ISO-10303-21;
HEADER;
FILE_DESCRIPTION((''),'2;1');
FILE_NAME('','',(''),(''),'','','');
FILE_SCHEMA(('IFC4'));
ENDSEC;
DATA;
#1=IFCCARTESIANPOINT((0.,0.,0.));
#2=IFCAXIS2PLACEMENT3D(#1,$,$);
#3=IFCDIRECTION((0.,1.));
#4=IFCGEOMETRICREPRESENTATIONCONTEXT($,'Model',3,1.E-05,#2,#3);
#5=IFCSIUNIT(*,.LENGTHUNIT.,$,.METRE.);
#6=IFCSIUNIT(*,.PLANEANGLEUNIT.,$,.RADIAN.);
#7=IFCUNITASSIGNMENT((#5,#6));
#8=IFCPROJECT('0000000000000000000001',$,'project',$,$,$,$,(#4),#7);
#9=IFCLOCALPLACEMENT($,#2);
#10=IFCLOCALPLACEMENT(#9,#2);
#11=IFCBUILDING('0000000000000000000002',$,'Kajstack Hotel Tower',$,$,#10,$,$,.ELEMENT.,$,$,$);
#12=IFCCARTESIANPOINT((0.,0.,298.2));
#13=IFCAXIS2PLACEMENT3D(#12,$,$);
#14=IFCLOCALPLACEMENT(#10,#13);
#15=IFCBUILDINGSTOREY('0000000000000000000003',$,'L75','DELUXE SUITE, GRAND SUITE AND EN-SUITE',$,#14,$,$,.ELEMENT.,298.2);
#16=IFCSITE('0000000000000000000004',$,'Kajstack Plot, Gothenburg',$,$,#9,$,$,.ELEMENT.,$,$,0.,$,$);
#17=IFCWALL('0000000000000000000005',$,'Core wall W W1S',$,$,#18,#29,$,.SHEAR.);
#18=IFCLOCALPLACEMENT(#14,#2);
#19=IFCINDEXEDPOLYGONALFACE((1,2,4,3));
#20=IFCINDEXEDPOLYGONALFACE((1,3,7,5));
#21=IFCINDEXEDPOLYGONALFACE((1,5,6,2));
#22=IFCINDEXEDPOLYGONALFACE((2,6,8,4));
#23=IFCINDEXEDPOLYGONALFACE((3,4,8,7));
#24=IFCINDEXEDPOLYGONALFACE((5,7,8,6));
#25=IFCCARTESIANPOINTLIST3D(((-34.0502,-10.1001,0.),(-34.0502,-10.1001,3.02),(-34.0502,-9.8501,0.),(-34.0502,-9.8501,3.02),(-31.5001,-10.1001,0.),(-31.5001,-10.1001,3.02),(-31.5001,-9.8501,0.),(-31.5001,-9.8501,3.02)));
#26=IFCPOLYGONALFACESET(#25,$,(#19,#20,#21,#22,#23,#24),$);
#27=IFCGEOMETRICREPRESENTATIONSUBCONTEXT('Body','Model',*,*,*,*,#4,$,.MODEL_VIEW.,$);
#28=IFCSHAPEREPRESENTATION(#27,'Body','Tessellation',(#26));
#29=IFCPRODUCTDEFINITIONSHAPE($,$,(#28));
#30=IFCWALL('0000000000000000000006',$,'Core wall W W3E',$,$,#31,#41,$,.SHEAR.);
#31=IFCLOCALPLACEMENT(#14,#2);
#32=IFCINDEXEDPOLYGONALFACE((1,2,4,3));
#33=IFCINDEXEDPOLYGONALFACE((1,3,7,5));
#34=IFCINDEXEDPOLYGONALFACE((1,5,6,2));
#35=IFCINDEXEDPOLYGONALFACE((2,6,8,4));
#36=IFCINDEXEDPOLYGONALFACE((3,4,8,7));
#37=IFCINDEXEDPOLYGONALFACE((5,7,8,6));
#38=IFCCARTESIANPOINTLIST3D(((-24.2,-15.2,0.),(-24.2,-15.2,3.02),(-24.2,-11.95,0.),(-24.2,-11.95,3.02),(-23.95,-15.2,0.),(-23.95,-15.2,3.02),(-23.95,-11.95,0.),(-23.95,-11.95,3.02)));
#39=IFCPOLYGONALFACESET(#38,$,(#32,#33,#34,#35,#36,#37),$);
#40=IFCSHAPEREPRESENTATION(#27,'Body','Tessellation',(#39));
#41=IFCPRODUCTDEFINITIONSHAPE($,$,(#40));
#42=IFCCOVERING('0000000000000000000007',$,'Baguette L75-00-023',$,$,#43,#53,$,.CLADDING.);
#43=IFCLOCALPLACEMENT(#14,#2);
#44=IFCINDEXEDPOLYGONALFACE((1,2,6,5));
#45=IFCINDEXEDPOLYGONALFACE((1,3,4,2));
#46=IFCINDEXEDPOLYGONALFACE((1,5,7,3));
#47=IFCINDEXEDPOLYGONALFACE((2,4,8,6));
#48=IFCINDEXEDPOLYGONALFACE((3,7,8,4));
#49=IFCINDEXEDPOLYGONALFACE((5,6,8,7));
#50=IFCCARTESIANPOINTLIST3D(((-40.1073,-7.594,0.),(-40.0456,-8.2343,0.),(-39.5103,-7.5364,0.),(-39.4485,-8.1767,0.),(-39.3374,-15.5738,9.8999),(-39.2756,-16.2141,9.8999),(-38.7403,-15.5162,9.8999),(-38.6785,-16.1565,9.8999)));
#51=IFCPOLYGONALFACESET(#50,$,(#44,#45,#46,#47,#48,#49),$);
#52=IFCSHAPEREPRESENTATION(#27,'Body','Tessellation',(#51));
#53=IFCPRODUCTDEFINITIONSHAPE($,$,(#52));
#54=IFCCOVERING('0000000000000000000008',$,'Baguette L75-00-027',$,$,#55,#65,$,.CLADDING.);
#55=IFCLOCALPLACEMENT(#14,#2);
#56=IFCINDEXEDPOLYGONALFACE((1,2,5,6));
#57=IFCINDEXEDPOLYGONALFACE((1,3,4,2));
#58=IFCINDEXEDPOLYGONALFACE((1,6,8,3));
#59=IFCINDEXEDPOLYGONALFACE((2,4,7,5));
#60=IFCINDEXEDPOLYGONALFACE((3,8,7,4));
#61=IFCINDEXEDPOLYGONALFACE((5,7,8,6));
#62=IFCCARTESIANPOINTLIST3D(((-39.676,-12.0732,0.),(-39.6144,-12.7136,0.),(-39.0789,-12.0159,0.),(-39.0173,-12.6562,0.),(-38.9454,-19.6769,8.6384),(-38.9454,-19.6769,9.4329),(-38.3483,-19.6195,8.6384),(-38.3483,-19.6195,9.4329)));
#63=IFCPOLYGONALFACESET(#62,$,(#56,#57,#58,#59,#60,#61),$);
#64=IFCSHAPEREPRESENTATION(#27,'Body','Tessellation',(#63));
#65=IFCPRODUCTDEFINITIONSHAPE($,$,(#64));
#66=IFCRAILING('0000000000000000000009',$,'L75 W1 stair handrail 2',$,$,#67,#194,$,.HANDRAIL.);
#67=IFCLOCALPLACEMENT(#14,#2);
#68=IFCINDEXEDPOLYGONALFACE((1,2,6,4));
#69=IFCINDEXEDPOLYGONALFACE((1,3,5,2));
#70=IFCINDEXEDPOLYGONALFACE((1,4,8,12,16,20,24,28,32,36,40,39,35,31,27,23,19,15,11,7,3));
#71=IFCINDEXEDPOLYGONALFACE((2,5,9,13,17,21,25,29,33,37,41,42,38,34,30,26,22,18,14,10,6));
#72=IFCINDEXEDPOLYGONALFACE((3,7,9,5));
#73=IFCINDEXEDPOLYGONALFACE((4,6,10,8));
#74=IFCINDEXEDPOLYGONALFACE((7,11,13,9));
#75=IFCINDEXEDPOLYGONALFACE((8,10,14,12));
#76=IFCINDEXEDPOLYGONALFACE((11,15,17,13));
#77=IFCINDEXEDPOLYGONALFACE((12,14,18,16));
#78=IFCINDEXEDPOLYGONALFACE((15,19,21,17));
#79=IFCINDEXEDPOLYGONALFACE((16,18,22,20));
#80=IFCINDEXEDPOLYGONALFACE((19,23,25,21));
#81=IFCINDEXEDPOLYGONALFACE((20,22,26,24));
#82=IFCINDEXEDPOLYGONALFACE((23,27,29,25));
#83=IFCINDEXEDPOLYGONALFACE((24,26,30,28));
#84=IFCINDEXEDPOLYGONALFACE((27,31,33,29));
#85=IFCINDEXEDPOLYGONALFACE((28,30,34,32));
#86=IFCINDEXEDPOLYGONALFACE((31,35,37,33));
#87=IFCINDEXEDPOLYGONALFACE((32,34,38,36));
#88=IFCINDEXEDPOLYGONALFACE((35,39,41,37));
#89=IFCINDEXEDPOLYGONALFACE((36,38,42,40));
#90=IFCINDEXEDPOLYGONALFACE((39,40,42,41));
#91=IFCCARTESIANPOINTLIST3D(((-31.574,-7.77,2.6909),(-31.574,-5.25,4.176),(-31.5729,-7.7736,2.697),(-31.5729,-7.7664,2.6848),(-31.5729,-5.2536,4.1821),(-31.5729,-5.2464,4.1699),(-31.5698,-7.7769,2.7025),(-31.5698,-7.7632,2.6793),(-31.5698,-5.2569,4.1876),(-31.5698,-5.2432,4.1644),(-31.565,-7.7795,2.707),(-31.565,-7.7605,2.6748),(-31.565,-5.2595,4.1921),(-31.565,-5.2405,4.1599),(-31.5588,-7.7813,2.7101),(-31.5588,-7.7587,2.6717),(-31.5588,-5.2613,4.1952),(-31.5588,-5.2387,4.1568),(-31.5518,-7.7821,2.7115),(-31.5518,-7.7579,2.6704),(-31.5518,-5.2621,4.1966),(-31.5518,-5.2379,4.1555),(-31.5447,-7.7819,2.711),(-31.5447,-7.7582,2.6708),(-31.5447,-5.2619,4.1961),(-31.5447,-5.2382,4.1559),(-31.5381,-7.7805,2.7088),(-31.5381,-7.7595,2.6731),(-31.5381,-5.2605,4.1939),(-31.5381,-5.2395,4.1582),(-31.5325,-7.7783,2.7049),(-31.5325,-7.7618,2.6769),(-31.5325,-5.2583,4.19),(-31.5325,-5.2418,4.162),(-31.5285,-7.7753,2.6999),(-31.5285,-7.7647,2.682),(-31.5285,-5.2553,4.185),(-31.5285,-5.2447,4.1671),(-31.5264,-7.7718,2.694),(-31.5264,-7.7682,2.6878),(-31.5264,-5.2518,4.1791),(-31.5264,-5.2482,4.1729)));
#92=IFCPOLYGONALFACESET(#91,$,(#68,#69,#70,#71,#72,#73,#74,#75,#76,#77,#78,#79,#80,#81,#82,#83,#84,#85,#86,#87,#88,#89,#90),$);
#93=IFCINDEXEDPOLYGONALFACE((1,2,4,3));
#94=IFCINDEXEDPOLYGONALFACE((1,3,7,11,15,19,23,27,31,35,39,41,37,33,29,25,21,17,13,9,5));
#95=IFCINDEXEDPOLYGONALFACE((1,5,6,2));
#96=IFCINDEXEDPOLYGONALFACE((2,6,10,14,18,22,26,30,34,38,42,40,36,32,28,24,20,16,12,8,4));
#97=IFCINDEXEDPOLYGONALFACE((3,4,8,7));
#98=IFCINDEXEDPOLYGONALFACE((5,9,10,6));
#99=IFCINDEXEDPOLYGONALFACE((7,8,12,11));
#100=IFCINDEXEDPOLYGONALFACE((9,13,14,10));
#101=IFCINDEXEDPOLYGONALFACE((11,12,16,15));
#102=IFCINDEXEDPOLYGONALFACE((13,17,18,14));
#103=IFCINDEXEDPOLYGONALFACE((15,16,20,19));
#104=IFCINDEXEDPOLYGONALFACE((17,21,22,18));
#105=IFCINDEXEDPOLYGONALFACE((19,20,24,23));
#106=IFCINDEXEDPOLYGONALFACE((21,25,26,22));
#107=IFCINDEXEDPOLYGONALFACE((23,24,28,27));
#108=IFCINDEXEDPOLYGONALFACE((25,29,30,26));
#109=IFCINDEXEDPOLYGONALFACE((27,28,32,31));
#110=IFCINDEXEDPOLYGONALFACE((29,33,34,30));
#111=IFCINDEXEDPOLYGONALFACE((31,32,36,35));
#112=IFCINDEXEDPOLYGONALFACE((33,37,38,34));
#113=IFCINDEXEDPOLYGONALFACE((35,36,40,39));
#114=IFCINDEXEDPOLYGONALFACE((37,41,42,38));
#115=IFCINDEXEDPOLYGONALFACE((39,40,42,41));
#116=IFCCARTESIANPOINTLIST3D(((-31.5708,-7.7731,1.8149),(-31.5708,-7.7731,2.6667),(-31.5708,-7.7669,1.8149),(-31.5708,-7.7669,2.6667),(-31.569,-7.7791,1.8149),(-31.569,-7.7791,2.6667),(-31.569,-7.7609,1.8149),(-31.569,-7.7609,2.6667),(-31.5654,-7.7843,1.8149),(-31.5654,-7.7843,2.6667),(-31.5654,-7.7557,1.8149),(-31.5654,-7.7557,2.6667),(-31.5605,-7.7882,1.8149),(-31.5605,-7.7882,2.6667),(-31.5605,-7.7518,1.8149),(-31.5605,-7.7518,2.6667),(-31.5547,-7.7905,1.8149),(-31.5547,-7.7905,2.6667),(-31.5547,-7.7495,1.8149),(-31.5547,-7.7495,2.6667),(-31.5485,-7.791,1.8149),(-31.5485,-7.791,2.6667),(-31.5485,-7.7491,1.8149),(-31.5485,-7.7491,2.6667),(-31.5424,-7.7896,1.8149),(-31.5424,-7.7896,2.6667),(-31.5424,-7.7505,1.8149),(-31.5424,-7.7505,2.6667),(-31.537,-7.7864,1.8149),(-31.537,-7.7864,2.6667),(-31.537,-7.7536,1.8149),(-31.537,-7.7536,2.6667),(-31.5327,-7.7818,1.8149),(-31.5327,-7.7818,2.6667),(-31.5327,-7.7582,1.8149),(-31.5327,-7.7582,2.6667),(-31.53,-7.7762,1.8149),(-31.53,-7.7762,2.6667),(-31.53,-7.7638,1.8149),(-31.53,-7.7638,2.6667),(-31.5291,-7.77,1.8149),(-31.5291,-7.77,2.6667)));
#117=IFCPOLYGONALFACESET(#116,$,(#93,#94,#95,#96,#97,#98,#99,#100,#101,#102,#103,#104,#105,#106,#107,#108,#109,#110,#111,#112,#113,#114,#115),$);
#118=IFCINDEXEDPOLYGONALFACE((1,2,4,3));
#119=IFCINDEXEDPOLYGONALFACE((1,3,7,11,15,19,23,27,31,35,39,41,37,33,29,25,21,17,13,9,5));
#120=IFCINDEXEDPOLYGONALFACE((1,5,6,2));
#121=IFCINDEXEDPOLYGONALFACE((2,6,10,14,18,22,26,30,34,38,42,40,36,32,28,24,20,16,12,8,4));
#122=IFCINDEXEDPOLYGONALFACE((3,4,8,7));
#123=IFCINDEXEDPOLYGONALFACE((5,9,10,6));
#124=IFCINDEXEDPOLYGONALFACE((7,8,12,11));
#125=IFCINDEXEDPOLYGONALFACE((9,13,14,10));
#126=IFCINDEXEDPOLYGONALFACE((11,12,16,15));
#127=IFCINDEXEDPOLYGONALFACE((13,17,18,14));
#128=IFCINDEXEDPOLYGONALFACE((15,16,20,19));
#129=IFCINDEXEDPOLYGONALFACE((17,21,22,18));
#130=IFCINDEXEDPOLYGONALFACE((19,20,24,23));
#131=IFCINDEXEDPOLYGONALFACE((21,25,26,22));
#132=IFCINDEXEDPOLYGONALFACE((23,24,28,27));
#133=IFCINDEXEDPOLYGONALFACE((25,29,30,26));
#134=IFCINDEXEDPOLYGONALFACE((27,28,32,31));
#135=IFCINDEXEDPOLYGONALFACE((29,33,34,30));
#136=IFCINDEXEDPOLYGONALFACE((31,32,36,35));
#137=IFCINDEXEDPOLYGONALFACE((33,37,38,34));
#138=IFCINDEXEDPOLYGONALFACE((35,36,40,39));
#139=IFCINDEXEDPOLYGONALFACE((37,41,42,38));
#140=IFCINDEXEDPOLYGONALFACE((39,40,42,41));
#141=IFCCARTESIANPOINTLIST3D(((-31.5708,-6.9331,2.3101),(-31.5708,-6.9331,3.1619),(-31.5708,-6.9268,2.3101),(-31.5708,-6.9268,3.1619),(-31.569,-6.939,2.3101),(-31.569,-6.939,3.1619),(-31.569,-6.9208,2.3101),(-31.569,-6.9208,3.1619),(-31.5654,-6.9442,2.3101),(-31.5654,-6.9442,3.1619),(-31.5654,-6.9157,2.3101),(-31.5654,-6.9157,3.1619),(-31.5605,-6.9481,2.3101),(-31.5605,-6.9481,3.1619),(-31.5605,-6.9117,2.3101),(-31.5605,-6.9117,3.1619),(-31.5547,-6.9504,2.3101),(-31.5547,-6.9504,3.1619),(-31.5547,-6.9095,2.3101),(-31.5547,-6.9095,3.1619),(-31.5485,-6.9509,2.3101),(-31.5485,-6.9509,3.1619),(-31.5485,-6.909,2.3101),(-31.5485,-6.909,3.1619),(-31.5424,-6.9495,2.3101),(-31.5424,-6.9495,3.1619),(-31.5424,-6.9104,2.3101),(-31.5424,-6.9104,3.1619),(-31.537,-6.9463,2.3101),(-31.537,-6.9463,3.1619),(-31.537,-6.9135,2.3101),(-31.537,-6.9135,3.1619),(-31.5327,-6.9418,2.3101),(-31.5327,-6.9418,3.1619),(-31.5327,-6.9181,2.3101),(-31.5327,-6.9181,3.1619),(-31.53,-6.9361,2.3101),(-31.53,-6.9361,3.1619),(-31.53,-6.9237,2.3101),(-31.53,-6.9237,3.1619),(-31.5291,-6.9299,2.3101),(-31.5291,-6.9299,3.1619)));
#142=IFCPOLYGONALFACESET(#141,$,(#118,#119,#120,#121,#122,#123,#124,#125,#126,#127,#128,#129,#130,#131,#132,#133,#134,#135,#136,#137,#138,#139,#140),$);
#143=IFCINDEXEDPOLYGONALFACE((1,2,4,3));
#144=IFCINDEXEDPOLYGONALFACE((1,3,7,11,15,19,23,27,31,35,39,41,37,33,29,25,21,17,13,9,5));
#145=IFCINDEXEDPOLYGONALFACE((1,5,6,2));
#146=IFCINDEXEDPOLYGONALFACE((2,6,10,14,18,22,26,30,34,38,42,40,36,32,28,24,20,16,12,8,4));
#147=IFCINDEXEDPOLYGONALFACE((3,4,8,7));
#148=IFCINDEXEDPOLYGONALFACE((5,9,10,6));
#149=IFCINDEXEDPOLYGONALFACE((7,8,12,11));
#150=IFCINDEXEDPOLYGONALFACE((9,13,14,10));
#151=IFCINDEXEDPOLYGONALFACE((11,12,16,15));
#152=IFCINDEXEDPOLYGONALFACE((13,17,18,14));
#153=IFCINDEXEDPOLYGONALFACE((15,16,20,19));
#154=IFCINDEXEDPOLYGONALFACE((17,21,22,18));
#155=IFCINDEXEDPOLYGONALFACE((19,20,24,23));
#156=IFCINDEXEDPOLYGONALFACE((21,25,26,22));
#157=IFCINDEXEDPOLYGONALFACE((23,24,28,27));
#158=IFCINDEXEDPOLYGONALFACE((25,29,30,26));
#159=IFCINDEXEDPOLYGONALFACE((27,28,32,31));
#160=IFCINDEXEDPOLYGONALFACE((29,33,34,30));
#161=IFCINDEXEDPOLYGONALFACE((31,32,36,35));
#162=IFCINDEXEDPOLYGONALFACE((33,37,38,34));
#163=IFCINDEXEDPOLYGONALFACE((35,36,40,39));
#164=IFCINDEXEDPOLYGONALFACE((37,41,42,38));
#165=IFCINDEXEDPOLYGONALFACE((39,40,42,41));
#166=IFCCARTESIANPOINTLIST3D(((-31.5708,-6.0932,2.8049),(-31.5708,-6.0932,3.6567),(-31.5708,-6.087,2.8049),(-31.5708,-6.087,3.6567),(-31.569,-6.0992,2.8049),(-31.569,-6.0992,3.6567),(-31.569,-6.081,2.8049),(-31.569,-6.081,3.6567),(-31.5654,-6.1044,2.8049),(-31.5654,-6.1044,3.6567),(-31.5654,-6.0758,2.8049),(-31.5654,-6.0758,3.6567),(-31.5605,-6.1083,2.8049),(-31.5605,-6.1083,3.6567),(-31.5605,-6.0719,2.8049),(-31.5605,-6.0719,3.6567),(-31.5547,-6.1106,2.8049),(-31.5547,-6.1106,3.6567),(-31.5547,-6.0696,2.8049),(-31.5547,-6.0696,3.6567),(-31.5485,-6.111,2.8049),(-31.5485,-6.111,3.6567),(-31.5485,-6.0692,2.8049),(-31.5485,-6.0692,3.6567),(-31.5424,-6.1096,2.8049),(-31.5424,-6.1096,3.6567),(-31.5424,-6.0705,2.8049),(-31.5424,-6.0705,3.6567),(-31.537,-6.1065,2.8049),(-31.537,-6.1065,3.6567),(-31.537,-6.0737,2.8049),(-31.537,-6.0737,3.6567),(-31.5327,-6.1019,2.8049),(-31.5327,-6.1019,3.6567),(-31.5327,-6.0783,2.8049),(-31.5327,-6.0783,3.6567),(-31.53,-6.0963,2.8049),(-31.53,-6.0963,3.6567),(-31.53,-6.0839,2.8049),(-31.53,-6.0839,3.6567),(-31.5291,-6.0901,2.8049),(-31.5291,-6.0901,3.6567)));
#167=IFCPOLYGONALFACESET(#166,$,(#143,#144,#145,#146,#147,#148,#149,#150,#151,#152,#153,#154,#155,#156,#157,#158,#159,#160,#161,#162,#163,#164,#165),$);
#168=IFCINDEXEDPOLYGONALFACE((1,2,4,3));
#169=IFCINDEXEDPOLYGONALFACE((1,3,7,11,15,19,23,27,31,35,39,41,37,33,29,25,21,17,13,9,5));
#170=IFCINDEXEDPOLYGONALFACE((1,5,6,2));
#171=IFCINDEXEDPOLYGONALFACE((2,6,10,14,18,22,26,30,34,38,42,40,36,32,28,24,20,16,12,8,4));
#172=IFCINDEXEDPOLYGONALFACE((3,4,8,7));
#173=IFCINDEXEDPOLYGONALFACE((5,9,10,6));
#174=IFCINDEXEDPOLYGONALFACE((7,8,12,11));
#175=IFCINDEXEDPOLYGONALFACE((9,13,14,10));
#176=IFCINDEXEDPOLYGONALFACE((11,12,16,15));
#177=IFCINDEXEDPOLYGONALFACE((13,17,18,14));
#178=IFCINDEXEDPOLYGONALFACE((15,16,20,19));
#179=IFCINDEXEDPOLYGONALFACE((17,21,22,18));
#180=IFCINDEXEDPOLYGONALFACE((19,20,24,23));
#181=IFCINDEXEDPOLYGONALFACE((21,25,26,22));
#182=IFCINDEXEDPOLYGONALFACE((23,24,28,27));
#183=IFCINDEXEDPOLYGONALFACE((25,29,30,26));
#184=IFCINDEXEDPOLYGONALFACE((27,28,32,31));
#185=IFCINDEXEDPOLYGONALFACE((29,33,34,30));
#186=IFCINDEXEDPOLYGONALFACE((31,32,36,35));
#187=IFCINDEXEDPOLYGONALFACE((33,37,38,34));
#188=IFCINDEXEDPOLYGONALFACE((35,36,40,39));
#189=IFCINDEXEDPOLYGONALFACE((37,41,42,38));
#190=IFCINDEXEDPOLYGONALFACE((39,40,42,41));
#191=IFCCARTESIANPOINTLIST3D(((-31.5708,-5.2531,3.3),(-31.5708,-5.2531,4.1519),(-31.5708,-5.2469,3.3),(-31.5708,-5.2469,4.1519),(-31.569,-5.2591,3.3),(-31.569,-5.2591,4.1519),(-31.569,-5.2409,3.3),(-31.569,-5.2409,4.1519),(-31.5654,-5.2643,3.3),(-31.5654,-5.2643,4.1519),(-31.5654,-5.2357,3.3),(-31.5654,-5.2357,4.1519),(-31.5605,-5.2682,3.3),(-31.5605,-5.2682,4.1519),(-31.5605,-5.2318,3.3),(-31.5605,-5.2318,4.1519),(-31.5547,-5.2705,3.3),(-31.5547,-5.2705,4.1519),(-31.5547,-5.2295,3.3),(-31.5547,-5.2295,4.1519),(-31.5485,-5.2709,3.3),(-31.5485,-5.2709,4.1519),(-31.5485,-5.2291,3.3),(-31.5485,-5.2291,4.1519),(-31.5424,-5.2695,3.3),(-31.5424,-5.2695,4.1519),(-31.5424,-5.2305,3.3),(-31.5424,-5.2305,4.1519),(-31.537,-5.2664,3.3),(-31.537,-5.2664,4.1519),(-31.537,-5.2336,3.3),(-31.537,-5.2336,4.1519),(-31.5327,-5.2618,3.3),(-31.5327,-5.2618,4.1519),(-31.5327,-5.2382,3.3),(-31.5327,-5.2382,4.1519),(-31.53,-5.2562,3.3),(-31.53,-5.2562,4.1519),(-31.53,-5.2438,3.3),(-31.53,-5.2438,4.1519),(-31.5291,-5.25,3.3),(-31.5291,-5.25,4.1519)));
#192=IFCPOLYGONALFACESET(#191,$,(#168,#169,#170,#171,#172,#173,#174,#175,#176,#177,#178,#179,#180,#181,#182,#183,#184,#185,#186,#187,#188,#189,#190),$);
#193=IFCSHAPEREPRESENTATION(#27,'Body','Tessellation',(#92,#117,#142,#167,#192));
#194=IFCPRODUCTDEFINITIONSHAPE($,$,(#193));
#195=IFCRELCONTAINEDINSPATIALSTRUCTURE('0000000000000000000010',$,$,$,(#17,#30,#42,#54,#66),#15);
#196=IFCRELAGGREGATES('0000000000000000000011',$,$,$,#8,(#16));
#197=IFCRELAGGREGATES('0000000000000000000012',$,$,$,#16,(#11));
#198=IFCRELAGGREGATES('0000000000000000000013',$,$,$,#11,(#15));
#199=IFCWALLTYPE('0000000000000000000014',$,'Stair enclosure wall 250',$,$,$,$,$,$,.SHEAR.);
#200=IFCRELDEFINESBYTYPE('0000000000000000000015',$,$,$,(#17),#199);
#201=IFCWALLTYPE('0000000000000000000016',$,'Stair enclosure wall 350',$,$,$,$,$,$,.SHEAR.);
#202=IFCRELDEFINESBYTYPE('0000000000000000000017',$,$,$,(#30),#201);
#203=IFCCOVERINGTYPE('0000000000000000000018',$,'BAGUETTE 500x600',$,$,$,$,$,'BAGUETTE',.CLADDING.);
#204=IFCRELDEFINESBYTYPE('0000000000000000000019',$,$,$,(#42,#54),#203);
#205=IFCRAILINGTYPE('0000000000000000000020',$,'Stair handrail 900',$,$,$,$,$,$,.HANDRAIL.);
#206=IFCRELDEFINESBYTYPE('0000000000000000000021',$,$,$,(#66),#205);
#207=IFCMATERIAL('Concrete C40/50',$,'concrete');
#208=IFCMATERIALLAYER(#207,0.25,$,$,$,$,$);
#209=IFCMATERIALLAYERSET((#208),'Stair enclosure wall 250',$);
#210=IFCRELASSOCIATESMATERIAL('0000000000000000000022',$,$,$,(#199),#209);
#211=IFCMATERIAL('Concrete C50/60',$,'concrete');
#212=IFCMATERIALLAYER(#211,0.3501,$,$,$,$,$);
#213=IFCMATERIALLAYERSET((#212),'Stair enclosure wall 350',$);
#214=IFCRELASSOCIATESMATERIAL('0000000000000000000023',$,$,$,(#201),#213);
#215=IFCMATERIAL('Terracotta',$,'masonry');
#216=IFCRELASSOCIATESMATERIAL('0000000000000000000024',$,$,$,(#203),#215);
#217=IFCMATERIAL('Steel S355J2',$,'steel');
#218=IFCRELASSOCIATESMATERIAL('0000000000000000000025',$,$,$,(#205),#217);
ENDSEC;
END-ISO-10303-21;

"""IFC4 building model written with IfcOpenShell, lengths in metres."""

from ifc_helpers import new_model, si_unit, direction, frame, frame_2d, origin, origin_2d, place, context, subcontext, project, spatial, polyline, rectangle, circle, outline, extrude, material, layer, layer_set, material_profile, profile_set, type_object, element, save


model = new_model("IFC4")

# Units and contexts
model_context = context("Model", 3, precision=1e-05, world=origin(), true_north=direction((0.0, 1.0)))
body_context = subcontext(model_context, "Body", "Model", "MODEL_VIEW")
ifc_project = project(units=[si_unit("LENGTHUNIT", "METRE"), si_unit("PLANEANGLEUNIT", "RADIAN")], contexts=[model_context])

# Site, building, storey
site_placement = place(None, origin())
site = spatial("IfcSite", under=ifc_project, at=site_placement, Name="Kajstack Plot, Gothenburg", CompositionType="ELEMENT", RefElevation=0.0)
building_placement = place(site_placement, origin())
building = spatial("IfcBuilding", under=site, at=building_placement, Name="Kajstack Hotel Tower", CompositionType="ELEMENT")
storey_placement = place(building_placement, frame((0.0, 0.0, 298.2)))
storey = spatial("IfcBuildingStorey", under=building, at=storey_placement, Name="L75", Description="DELUXE SUITE, GRAND SUITE AND EN-SUITE", CompositionType="ELEMENT", Elevation=298.2)

# Shared definitions
ifc_material_1 = material(Name="Concrete C50/60", Category="concrete")

# Walls
ifc_material_2 = material(Name="Concrete C40/50", Category="concrete")
ifc_layer_1 = layer(ifc_material_2, 0.25)
ifc_layer_set_1 = layer_set([ifc_layer_1], Name="Stair enclosure wall 250")
wall_type_1 = type_object("IfcWallType", Name="Stair enclosure wall 250", PredefinedType="SHEAR", material=ifc_layer_set_1)
wall_1_placement = place(storey_placement, frame((-34.05, -9.9751, 0.0), z_axis=(0.0, 0.0, 1.0), x_axis=(1.0, 0.0, 0.0)))
element("IfcWall", 1, at=wall_1_placement, inside=storey, type_object=wall_type_1, Name="Core wall W W1S", PredefinedType="SHEAR", context=body_context, shape_type="SweptSolid", body=[
    extrude(rectangle(XDim=2.55, YDim=0.25, at=frame_2d((1.2749, 0.0))), origin(), (0.0, 0.0, 1.0), 3.02),
])
ifc_layer_2 = layer(ifc_material_1, 0.3501)
ifc_layer_set_2 = layer_set([ifc_layer_2], Name="Stair enclosure wall 350")
wall_type_2 = type_object("IfcWallType", Name="Stair enclosure wall 350", PredefinedType="SHEAR", material=ifc_layer_set_2)
wall_2_placement = place(storey_placement, frame((-24.075, -15.2, 0.0), z_axis=(0.0, 0.0, 1.0), x_axis=(0.0, 1.0, 0.0)))
element("IfcWall", 2, at=wall_2_placement, inside=storey, type_object=wall_type_2, Name="Core wall W W3E", PredefinedType="SHEAR", context=body_context, shape_type="SweptSolid", body=[
    extrude(rectangle(XDim=3.25, YDim=0.25, at=frame_2d((1.625, 0.0))), origin(), (0.0, 0.0, 1.0), 3.02),
])

# Coverings
ifc_material_3 = material(Name="Terracotta", Category="masonry")
ifc_material_profile = material_profile(ifc_material_3, rectangle(XDim=0.6001, YDim=0.5, at=origin_2d()), Name="Terracotta-clad concrete baguette 500 x 600")
ifc_profile_set = profile_set([ifc_material_profile], Name="Terracotta")
covering_type = type_object("IfcCoveringType", Name="BAGUETTE 500x600", ElementType="BAGUETTE", PredefinedType="CLADDING", material=ifc_profile_set)
covering_1_placement = place(storey_placement, frame((-39.5103, -7.5364, 0.0), z_axis=(-0.995378, -0.096038, 0.0), x_axis=(0.096038, -0.995378, 0.0)))
element("IfcCovering", 3, at=covering_1_placement, inside=storey, type_object=covering_type, Name="Baguette L75-00-023", PredefinedType="CLADDING", context=body_context, shape_type="SweptSolid", body=[
    extrude(outline(polyline([(8.0168, 9.8999), (0.0, 0.0), (0.6433, 0.0), (8.6602, 9.8999), (8.0168, 9.8999)])), origin(), (0.0, 0.0, 1.0), 0.5999),
])
covering_2_placement = place(storey_placement, frame((-39.0789, -12.0159, 0.0), z_axis=(-0.995416, -0.095635, 0.0), x_axis=(0.095635, -0.995416, 0.0)))
element("IfcCovering", 4, at=covering_2_placement, inside=storey, type_object=covering_type, Name="Baguette L75-00-027", PredefinedType="CLADDING", context=body_context, shape_type="SweptSolid", body=[
    extrude(outline(polyline([(0.6433, 0.0), (7.6387, 8.6384), (7.6387, 9.4329), (0.0, 0.0), (0.6433, 0.0)])), origin(), (0.0, 0.0, 1.0), 0.5999),
])

# Railing
ifc_material_4 = material(Name="Steel S355J2", Category="steel")
railing_type_1 = type_object("IfcRailingType", Name="Stair handrail 900", PredefinedType="HANDRAIL", material=ifc_material_4)
railing_1_placement = place(storey_placement, frame((-31.55, -7.77, 1.8149)))
element("IfcRailing", 5, at=railing_1_placement, inside=storey, type_object=railing_type_1, Name="L75 W1 stair handrail 2", PredefinedType="HANDRAIL", context=body_context, shape_type="SweptSolid", body=[
    extrude(circle(Radius=0.0239, at=origin_2d()), frame((0.0, 0.0, 0.876), z_axis=(0.0, 0.861524, 0.507717), x_axis=(-1.0, 0.0, 0.0)), (0.0, 0.0, 1.0), 2.925),
    extrude(circle(Radius=0.021, at=origin_2d()), origin(), (0.0, 0.0, 1.0), 0.8518),
    extrude(circle(Radius=0.021, at=origin_2d()), frame((0.0, 0.8401, 0.4951)), (0.0, 0.0, 1.0), 0.8518),
    extrude(circle(Radius=0.021, at=origin_2d()), frame((0.0, 1.6799, 0.99)), (0.0, 0.0, 1.0), 0.8518),
    extrude(circle(Radius=0.021, at=origin_2d()), frame((0.0, 2.52, 1.4851)), (0.0, 0.0, 1.0), 0.8518),
])

save(model, "model.ifc")
